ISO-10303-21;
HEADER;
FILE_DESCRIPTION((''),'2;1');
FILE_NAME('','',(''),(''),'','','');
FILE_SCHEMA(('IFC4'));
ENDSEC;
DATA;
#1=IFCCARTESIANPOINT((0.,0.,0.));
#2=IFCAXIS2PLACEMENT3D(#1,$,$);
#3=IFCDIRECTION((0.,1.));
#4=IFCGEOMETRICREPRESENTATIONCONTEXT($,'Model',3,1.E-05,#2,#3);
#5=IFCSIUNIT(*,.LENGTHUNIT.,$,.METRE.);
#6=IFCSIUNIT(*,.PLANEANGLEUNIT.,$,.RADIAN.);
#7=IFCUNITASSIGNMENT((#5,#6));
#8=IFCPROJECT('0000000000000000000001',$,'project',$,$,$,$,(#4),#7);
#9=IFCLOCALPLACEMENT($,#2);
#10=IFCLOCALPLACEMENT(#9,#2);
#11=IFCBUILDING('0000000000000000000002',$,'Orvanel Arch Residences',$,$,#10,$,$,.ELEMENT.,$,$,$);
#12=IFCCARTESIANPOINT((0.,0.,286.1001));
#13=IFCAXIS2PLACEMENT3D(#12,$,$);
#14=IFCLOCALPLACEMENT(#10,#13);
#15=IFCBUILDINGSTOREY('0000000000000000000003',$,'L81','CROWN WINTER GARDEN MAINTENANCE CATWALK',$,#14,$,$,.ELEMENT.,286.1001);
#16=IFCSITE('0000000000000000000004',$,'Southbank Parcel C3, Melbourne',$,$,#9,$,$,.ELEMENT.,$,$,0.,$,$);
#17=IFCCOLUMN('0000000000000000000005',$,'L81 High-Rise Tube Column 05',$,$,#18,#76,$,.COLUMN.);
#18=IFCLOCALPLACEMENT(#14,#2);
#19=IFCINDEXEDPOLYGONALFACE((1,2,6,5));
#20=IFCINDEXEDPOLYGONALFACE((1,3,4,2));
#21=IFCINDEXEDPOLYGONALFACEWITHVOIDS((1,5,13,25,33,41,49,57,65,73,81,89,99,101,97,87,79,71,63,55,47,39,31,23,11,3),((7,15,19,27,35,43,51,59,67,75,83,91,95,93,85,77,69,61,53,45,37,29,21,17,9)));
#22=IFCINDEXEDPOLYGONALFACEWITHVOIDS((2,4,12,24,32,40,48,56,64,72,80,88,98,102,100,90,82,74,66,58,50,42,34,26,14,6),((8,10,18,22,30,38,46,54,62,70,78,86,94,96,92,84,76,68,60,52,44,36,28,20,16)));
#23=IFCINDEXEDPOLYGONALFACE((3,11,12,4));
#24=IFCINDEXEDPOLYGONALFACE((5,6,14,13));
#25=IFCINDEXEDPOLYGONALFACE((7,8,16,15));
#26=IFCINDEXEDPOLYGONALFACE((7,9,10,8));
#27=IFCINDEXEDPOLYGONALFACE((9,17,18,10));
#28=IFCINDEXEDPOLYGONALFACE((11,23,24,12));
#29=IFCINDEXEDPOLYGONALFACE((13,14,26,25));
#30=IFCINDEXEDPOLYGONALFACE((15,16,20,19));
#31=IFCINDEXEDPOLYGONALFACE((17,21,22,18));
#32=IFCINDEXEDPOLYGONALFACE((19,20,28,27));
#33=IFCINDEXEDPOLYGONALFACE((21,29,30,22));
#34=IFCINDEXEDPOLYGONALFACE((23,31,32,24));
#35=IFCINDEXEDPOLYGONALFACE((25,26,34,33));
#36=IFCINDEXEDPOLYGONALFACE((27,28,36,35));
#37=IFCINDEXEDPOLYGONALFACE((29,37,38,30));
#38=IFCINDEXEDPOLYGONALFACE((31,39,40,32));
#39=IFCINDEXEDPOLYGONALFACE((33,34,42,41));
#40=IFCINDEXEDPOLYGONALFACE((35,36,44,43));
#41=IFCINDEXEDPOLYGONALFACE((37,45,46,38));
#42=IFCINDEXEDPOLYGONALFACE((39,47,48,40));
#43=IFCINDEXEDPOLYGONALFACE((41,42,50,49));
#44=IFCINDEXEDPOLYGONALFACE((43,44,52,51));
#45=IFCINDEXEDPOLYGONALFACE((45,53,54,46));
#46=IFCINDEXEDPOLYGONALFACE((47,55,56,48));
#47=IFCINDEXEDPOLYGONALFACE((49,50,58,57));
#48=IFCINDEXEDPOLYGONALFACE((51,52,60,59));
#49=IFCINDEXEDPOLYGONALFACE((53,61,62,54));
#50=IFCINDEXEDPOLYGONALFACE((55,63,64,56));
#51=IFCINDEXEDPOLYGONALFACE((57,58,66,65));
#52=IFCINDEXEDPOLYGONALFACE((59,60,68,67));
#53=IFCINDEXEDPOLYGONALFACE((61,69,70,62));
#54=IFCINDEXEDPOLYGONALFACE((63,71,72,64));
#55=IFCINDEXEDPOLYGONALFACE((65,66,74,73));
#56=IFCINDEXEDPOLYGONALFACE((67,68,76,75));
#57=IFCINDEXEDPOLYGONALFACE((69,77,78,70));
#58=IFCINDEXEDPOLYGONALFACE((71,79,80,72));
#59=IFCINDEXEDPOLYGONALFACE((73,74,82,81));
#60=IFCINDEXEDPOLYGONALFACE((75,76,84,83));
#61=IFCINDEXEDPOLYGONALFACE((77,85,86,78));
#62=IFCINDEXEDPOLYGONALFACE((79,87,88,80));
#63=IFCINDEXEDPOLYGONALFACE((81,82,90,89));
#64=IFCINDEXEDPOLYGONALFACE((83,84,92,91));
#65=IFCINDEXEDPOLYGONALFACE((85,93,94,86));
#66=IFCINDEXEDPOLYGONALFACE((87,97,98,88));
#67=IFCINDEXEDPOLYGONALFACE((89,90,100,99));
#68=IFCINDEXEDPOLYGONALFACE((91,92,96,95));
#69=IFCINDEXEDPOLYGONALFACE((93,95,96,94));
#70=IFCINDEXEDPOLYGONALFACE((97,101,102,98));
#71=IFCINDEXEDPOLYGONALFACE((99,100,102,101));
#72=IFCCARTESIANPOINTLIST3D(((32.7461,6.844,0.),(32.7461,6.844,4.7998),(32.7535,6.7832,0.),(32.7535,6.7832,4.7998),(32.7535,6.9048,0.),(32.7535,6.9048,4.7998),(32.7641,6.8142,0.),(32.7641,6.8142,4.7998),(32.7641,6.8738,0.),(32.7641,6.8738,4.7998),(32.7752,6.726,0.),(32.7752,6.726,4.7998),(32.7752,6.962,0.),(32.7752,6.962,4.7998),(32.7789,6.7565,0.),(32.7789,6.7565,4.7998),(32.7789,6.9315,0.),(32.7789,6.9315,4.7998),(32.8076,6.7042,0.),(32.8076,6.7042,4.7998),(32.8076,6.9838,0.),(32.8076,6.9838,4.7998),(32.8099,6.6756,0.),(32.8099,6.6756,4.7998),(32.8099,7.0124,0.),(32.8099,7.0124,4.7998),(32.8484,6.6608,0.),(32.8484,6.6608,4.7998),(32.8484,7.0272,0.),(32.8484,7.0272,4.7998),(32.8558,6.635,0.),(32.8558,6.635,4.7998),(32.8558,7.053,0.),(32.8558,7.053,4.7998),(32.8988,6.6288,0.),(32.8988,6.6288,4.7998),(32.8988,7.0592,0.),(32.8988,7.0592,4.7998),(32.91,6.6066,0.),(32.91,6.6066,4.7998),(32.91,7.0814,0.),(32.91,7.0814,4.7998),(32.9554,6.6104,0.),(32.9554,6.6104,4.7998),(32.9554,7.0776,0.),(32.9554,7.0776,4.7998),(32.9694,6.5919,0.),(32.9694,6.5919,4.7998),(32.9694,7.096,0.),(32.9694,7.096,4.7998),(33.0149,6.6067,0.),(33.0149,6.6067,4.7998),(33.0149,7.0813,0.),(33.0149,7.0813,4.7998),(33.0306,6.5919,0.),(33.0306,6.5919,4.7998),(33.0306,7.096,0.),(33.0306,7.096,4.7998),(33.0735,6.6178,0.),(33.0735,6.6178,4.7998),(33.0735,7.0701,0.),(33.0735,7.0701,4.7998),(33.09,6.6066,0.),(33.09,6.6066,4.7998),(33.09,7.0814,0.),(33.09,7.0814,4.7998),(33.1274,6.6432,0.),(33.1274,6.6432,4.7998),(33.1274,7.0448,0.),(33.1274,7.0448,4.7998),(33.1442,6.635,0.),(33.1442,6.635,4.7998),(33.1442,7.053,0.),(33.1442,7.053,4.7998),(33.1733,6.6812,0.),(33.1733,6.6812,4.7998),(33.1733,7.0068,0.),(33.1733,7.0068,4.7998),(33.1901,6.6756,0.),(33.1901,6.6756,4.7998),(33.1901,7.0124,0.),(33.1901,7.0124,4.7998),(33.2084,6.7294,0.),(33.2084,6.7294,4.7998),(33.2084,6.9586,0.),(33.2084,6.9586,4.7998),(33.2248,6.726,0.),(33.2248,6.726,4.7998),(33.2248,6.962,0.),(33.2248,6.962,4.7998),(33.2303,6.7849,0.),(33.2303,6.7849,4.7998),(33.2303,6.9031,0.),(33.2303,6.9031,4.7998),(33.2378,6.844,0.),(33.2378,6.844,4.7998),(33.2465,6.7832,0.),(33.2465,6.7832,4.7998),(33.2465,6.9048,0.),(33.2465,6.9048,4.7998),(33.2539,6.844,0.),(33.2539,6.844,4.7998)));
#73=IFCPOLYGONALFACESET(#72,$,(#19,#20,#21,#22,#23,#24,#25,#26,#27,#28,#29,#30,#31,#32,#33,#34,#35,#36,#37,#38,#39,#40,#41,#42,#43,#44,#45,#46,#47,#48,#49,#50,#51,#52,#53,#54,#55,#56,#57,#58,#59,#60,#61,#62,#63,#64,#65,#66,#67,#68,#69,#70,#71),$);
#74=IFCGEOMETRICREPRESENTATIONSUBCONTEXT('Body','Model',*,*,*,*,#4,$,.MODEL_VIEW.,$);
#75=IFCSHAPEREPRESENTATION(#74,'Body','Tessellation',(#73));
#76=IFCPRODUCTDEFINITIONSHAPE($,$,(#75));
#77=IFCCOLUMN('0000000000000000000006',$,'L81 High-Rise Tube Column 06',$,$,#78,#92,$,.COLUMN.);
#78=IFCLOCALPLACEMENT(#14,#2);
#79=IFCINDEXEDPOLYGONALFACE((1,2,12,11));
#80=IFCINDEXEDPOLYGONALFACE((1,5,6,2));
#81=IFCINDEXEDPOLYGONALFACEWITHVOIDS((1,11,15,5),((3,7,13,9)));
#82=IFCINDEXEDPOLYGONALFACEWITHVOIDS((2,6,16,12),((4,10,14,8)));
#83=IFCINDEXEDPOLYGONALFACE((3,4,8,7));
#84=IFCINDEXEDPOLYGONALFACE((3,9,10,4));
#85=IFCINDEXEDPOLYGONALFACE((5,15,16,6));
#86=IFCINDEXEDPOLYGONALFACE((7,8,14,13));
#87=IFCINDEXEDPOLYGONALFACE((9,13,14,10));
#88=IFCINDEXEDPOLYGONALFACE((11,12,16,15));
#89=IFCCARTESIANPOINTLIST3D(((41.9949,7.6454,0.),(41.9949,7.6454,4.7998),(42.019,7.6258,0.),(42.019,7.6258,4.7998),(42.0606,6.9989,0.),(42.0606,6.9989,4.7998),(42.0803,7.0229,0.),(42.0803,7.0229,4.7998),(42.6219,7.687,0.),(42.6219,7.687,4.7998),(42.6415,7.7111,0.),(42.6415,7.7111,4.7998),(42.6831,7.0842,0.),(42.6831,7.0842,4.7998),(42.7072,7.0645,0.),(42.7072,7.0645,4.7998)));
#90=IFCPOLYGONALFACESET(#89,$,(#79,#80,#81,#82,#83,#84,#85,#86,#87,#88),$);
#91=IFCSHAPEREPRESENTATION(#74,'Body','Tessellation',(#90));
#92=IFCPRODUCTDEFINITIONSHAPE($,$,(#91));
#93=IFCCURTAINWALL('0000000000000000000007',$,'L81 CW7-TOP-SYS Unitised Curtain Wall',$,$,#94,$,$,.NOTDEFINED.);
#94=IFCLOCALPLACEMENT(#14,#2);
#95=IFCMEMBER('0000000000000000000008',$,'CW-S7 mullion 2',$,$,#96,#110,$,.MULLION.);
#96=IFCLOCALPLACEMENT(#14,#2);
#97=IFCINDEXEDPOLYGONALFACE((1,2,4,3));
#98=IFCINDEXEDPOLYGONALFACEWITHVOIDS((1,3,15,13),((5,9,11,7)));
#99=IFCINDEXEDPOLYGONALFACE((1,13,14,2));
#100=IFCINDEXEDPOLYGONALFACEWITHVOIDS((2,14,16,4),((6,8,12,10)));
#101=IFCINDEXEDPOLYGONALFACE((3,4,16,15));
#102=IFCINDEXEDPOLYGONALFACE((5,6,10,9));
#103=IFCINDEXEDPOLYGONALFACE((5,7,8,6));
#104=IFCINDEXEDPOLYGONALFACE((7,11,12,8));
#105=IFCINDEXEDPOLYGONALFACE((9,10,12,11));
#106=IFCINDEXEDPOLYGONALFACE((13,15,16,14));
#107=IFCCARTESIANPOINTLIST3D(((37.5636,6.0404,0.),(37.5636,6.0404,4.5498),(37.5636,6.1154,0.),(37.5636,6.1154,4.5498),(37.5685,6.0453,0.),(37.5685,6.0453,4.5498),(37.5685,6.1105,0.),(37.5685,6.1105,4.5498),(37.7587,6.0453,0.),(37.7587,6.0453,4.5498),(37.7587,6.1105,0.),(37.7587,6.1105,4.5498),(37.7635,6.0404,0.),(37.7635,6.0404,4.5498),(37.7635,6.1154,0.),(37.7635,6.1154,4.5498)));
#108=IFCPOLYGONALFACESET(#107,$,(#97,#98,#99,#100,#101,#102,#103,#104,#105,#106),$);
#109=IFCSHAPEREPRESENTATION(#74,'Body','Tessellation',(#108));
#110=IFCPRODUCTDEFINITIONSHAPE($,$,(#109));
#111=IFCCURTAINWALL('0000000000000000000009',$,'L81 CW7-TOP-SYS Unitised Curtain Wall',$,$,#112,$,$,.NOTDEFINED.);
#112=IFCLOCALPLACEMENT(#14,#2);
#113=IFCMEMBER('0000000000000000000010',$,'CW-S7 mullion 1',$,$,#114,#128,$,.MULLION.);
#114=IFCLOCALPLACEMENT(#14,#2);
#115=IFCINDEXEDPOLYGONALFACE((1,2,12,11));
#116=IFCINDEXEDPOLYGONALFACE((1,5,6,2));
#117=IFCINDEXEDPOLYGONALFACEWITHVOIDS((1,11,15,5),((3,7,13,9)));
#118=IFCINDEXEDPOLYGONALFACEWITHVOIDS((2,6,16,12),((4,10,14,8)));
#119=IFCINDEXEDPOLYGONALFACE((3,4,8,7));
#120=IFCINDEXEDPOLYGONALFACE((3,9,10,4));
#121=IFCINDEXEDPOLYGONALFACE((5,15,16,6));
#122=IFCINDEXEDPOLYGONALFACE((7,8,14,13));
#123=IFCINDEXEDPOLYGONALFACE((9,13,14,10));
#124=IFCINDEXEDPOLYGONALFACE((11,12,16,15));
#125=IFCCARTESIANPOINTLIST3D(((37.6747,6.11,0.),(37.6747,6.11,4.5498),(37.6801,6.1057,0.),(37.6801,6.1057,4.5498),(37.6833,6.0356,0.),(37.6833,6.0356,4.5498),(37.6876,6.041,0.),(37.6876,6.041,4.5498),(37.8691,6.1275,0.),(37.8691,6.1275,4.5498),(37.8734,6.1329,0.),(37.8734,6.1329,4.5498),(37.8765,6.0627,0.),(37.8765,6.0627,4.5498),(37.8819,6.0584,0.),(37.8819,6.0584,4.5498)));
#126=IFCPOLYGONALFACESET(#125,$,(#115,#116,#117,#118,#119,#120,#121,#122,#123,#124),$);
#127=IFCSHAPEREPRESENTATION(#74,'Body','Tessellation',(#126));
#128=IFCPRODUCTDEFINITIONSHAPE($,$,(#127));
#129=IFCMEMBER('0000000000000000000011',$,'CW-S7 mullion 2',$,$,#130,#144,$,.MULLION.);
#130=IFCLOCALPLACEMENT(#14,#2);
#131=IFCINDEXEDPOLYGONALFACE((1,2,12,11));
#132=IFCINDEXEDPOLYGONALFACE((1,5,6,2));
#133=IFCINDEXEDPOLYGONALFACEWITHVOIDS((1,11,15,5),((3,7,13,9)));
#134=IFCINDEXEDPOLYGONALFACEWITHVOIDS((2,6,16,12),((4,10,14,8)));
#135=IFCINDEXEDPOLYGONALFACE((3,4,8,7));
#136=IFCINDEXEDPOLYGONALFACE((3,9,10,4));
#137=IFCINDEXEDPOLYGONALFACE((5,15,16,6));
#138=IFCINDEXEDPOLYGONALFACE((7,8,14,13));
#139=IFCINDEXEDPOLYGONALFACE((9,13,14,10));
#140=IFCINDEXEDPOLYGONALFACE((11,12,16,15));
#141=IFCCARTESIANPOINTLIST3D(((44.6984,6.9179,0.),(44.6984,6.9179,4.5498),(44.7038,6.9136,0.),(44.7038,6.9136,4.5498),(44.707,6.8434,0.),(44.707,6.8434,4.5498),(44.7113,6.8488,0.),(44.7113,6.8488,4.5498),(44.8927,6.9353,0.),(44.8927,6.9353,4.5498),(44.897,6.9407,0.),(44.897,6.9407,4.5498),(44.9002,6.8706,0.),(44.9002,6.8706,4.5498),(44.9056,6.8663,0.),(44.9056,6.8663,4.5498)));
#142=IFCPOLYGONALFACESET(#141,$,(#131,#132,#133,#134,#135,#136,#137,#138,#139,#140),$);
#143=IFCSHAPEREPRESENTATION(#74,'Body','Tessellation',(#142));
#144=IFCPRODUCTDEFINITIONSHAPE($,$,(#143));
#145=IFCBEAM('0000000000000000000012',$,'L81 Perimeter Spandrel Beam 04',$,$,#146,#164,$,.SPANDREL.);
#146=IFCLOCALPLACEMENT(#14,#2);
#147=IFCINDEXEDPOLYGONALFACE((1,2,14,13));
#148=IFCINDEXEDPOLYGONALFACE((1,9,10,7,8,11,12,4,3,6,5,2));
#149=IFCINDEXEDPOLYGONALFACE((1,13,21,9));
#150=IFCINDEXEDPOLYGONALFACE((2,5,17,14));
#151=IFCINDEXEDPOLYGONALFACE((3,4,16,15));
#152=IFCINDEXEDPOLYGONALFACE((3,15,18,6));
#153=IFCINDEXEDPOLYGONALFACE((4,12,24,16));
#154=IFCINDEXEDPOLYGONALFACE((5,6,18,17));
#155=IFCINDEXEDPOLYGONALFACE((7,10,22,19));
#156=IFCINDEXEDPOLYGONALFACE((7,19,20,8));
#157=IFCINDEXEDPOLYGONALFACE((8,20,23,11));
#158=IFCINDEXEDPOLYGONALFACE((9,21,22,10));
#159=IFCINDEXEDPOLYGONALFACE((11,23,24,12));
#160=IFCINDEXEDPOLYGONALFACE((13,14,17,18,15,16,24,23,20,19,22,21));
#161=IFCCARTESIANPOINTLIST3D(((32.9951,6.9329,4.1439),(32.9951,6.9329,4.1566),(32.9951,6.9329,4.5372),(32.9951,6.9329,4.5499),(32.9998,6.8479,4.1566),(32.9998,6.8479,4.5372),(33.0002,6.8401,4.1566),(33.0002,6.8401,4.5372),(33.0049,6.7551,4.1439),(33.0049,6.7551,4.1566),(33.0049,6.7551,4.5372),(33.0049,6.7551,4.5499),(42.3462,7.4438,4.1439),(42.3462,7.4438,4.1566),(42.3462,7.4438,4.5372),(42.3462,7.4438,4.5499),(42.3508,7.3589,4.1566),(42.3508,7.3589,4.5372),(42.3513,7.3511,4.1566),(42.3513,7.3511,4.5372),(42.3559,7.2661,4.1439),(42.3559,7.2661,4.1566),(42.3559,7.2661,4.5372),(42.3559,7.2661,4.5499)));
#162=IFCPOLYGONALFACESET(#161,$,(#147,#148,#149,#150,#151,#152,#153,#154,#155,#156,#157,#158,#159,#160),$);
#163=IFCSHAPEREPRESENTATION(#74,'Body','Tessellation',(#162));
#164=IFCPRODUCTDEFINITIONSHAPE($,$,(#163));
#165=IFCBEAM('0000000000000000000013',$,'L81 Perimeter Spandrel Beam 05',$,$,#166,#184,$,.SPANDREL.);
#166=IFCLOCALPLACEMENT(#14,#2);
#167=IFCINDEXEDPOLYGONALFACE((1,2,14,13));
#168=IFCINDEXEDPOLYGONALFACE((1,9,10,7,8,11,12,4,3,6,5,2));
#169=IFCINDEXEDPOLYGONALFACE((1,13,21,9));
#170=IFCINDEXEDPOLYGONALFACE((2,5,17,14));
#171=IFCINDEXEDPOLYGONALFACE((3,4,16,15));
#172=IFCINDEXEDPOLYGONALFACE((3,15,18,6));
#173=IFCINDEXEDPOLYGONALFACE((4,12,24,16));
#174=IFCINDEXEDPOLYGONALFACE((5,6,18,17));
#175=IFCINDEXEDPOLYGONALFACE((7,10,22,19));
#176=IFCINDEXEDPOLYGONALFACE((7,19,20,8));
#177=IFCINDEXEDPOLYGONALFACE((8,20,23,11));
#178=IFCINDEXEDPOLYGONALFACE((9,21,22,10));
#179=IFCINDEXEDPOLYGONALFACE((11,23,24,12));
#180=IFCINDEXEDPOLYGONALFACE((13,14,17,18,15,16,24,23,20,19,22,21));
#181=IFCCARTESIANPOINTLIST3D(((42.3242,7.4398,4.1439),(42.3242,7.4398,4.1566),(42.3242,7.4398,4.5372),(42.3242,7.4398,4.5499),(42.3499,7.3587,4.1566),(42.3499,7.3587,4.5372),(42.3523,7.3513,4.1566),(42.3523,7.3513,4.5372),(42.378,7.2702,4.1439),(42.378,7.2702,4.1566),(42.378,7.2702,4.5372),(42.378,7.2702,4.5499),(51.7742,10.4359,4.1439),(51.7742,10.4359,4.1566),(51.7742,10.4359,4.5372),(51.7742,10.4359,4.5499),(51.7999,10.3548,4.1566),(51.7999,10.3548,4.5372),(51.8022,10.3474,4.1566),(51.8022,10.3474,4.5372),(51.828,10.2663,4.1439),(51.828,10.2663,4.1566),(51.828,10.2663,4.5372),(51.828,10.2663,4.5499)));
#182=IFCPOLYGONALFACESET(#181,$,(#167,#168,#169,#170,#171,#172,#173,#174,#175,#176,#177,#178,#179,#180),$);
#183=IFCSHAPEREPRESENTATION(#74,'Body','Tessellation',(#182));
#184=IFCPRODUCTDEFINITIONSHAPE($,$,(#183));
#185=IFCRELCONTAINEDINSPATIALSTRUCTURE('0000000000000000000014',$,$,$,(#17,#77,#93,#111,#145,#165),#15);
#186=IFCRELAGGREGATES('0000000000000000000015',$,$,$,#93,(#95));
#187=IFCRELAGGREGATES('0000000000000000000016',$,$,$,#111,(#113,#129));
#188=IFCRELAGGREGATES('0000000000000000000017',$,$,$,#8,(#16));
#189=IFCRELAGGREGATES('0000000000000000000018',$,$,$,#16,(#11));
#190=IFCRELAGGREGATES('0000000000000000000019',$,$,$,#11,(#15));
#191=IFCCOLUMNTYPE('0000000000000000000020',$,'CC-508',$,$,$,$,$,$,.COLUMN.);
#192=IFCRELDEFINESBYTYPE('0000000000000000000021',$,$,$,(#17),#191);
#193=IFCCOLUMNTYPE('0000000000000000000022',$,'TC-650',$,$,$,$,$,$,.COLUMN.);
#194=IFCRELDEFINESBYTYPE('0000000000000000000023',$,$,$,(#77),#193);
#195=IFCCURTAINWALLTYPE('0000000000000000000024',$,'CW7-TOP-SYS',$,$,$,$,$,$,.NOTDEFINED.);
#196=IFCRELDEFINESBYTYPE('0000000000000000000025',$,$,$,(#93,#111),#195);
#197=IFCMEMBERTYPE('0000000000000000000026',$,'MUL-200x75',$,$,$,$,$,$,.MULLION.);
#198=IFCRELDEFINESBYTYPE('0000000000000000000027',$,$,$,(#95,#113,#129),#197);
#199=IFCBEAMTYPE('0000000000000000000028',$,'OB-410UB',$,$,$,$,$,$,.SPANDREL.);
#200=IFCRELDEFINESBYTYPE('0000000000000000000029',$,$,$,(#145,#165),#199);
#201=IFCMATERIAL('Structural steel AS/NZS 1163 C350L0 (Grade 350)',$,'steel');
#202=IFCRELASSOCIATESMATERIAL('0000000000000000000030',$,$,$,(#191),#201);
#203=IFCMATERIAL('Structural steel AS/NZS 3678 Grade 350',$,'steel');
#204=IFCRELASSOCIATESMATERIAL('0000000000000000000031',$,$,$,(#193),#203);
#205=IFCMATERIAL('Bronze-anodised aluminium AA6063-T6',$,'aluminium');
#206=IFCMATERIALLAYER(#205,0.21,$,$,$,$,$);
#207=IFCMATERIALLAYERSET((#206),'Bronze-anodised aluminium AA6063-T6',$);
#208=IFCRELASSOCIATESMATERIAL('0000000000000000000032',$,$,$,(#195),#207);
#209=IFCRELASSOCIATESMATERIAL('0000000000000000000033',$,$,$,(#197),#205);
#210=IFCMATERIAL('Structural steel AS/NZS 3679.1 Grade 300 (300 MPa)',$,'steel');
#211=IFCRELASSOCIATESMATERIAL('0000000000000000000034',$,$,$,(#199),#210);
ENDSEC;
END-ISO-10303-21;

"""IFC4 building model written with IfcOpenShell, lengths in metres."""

from ifc_helpers import new_model, si_unit, direction, frame, origin, origin_2d, place, context, subcontext, project, spatial, hollow_rectangle, hollow_circle, i_section, extrude, material, layer, layer_set, material_profile, profile_set, type_object, element, aggregate, save


model = new_model("IFC4")

# Units and contexts
model_context = context("Model", 3, precision=1e-05, world=origin(), true_north=direction((0.0, 1.0)))
body_context = subcontext(model_context, "Body", "Model", "MODEL_VIEW")
ifc_project = project(units=[si_unit("LENGTHUNIT", "METRE"), si_unit("PLANEANGLEUNIT", "RADIAN")], contexts=[model_context])

# Site, building, storey
site_placement = place(None, origin())
site = spatial("IfcSite", under=ifc_project, at=site_placement, Name="Southbank Parcel C3, Melbourne", CompositionType="ELEMENT", RefElevation=0.0)
building_placement = place(site_placement, origin())
building = spatial("IfcBuilding", under=site, at=building_placement, Name="Orvanel Arch Residences", CompositionType="ELEMENT")
storey_placement = place(building_placement, frame((0.0, 0.0, 286.1001)))
storey = spatial("IfcBuildingStorey", under=building, at=storey_placement, Name="L81", Description="CROWN WINTER GARDEN MAINTENANCE CATWALK", CompositionType="ELEMENT", Elevation=286.1001)

# Columns
ifc_material_1 = material(Name="Structural steel AS/NZS 1163 C350L0 (Grade 350)", Category="steel")
ifc_material_profile_1 = material_profile(ifc_material_1, hollow_circle(Radius=0.2539, WallThickness=0.0161, at=origin_2d()), Name="CHS508x16")
ifc_profile_set_1 = profile_set([ifc_material_profile_1], Name="Structural steel AS/NZS 1163 C350L0 (Grade 350)")
column_type_1 = type_object("IfcColumnType", Name="CC-508", PredefinedType="COLUMN", material=ifc_profile_set_1)
column_1_placement = place(storey_placement, frame((33.0, 6.844, 0.0), z_axis=(0.0, 0.0, 1.0), x_axis=(1.0, 0.0, 0.0)))
element("IfcColumn", 1, at=column_1_placement, inside=storey, type_object=column_type_1, Name="L81 High-Rise Tube Column 05", PredefinedType="COLUMN", context=body_context, shape_type="SweptSolid", body=[
    extrude(hollow_circle(Radius=0.2539, WallThickness=0.0161, at=origin_2d()), origin(), (0.0, 0.0, 1.0), 4.7998),
])
ifc_material_2 = material(Name="Structural steel AS/NZS 3678 Grade 350", Category="steel")
ifc_material_profile_2 = material_profile(ifc_material_2, hollow_rectangle(XDim=0.6499, YDim=0.6499, WallThickness=0.022, at=origin_2d()), Name="BOX650x650x22")
ifc_profile_set_2 = profile_set([ifc_material_profile_2], Name="Structural steel AS/NZS 3678 Grade 350")
column_type_2 = type_object("IfcColumnType", Name="TC-650", PredefinedType="COLUMN", material=ifc_profile_set_2)
column_2_placement = place(storey_placement, frame((42.3511, 7.355, 0.0), z_axis=(0.0, 0.0, 1.0), x_axis=(0.994881, 0.101056, 0.0)))
element("IfcColumn", 2, at=column_2_placement, inside=storey, type_object=column_type_2, Name="L81 High-Rise Tube Column 06", PredefinedType="COLUMN", context=body_context, shape_type="SweptSolid", body=[
    extrude(hollow_rectangle(XDim=0.6499, YDim=0.6499, WallThickness=0.022, at=origin_2d()), origin(), (0.0, 0.0, 1.0), 4.7998),
])

# Curtain wall, member
ifc_material_3 = material(Name="Bronze-anodised aluminium AA6063-T6", Category="aluminium")
ifc_layer_1 = layer(ifc_material_3, 0.21)
ifc_layer_set_1 = layer_set([ifc_layer_1], Name="Bronze-anodised aluminium AA6063-T6")
curtain_wall_type = type_object("IfcCurtainWallType", Name="CW7-TOP-SYS", PredefinedType="NOTDEFINED", material=ifc_layer_set_1)
curtain_wall_1_placement = place(storey_placement, origin())
curtain_wall_1 = element("IfcCurtainWall", 3, at=curtain_wall_1_placement, inside=storey, type_object=curtain_wall_type, Name="L81 CW7-TOP-SYS Unitised Curtain Wall", PredefinedType="NOTDEFINED")
ifc_material_profile_3 = material_profile(ifc_material_3, hollow_rectangle(XDim=0.075, YDim=0.2, WallThickness=0.0049, at=origin_2d()), Name="ALU200x75x5")
ifc_profile_set_3 = profile_set([ifc_material_profile_3], Name="Bronze-anodised aluminium AA6063-T6")
member_type_1 = type_object("IfcMemberType", Name="MUL-200x75", PredefinedType="MULLION", material=ifc_profile_set_3)
member_1_placement = place(storey_placement, frame((37.6636, 6.0779, 0.0), z_axis=(0.0, 0.0, 1.0), x_axis=(0.0, 1.0, 0.0)))
member_1 = element("IfcMember", 4, at=member_1_placement, type_object=member_type_1, Name="CW-S7 mullion 2", PredefinedType="MULLION", context=body_context, shape_type="SweptSolid", body=[
    extrude(hollow_rectangle(XDim=0.075, YDim=0.2, WallThickness=0.0049, at=origin_2d()), origin(), (0.0, 0.0, 1.0), 4.5498),
])

# Curtain wall, members
curtain_wall_2_placement = place(storey_placement, origin())
curtain_wall_2 = element("IfcCurtainWall", 5, at=curtain_wall_2_placement, inside=storey, type_object=curtain_wall_type, Name="L81 CW7-TOP-SYS Unitised Curtain Wall", PredefinedType="NOTDEFINED")
member_2_placement = place(storey_placement, frame((37.7783, 6.0842, 0.0), z_axis=(0.0, 0.0, 1.0), x_axis=(-0.114245, 0.993453, 0.0)))
member_2 = element("IfcMember", 6, at=member_2_placement, type_object=member_type_1, Name="CW-S7 mullion 1", PredefinedType="MULLION", context=body_context, shape_type="SweptSolid", body=[
    extrude(hollow_rectangle(XDim=0.075, YDim=0.2, WallThickness=0.0049, at=origin_2d()), origin(), (0.0, 0.0, 1.0), 4.5498),
])
member_3_placement = place(storey_placement, frame((44.802, 6.8921, 0.0), z_axis=(0.0, 0.0, 1.0), x_axis=(-0.114245, 0.993453, 0.0)))
member_3 = element("IfcMember", 7, at=member_3_placement, type_object=member_type_1, Name="CW-S7 mullion 2", PredefinedType="MULLION", context=body_context, shape_type="SweptSolid", body=[
    extrude(hollow_rectangle(XDim=0.075, YDim=0.2, WallThickness=0.0049, at=origin_2d()), origin(), (0.0, 0.0, 1.0), 4.5498),
])

# Beams
ifc_material_4 = material(Name="Structural steel AS/NZS 3679.1 Grade 300 (300 MPa)", Category="steel")
ifc_material_profile_4 = material_profile(ifc_material_4, i_section(OverallWidth=0.178, OverallDepth=0.406, WebThickness=0.0078, FlangeThickness=0.0127, at=origin_2d()), Name="410UB59.7")
ifc_profile_set_4 = profile_set([ifc_material_profile_4], Name="Structural steel AS/NZS 3679.1 Grade 300 (300 MPa)")
beam_type_1 = type_object("IfcBeamType", Name="OB-410UB", PredefinedType="SPANDREL", material=ifc_profile_set_4)
beam_1_placement = place(storey_placement, frame((33.0, 6.844, 4.3469), z_axis=(0.99851, 0.054563, 0.0), x_axis=(-0.054563, 0.99851, 0.0)))
element("IfcBeam", 8, at=beam_1_placement, inside=storey, type_object=beam_type_1, Name="L81 Perimeter Spandrel Beam 04", PredefinedType="SPANDREL", context=body_context, shape_type="SweptSolid", body=[
    extrude(i_section(OverallWidth=0.178, OverallDepth=0.406, WebThickness=0.0078, FlangeThickness=0.0127, at=origin_2d()), origin(), (0.0, 0.0, 1.0), 9.365),
])
beam_2_placement = place(storey_placement, frame((42.3511, 7.355, 4.3469), z_axis=(0.953237, 0.302223, 0.0), x_axis=(-0.302223, 0.953237, 0.0)))
element("IfcBeam", 9, at=beam_2_placement, inside=storey, type_object=beam_type_1, Name="L81 Perimeter Spandrel Beam 05", PredefinedType="SPANDREL", context=body_context, shape_type="SweptSolid", body=[
    extrude(i_section(OverallWidth=0.178, OverallDepth=0.406, WebThickness=0.0078, FlangeThickness=0.0127, at=origin_2d()), origin(), (0.0, 0.0, 1.0), 9.9136),
])

aggregate(curtain_wall_1, [member_1])
aggregate(curtain_wall_2, [member_2, member_3])

save(model, "model.ifc")
